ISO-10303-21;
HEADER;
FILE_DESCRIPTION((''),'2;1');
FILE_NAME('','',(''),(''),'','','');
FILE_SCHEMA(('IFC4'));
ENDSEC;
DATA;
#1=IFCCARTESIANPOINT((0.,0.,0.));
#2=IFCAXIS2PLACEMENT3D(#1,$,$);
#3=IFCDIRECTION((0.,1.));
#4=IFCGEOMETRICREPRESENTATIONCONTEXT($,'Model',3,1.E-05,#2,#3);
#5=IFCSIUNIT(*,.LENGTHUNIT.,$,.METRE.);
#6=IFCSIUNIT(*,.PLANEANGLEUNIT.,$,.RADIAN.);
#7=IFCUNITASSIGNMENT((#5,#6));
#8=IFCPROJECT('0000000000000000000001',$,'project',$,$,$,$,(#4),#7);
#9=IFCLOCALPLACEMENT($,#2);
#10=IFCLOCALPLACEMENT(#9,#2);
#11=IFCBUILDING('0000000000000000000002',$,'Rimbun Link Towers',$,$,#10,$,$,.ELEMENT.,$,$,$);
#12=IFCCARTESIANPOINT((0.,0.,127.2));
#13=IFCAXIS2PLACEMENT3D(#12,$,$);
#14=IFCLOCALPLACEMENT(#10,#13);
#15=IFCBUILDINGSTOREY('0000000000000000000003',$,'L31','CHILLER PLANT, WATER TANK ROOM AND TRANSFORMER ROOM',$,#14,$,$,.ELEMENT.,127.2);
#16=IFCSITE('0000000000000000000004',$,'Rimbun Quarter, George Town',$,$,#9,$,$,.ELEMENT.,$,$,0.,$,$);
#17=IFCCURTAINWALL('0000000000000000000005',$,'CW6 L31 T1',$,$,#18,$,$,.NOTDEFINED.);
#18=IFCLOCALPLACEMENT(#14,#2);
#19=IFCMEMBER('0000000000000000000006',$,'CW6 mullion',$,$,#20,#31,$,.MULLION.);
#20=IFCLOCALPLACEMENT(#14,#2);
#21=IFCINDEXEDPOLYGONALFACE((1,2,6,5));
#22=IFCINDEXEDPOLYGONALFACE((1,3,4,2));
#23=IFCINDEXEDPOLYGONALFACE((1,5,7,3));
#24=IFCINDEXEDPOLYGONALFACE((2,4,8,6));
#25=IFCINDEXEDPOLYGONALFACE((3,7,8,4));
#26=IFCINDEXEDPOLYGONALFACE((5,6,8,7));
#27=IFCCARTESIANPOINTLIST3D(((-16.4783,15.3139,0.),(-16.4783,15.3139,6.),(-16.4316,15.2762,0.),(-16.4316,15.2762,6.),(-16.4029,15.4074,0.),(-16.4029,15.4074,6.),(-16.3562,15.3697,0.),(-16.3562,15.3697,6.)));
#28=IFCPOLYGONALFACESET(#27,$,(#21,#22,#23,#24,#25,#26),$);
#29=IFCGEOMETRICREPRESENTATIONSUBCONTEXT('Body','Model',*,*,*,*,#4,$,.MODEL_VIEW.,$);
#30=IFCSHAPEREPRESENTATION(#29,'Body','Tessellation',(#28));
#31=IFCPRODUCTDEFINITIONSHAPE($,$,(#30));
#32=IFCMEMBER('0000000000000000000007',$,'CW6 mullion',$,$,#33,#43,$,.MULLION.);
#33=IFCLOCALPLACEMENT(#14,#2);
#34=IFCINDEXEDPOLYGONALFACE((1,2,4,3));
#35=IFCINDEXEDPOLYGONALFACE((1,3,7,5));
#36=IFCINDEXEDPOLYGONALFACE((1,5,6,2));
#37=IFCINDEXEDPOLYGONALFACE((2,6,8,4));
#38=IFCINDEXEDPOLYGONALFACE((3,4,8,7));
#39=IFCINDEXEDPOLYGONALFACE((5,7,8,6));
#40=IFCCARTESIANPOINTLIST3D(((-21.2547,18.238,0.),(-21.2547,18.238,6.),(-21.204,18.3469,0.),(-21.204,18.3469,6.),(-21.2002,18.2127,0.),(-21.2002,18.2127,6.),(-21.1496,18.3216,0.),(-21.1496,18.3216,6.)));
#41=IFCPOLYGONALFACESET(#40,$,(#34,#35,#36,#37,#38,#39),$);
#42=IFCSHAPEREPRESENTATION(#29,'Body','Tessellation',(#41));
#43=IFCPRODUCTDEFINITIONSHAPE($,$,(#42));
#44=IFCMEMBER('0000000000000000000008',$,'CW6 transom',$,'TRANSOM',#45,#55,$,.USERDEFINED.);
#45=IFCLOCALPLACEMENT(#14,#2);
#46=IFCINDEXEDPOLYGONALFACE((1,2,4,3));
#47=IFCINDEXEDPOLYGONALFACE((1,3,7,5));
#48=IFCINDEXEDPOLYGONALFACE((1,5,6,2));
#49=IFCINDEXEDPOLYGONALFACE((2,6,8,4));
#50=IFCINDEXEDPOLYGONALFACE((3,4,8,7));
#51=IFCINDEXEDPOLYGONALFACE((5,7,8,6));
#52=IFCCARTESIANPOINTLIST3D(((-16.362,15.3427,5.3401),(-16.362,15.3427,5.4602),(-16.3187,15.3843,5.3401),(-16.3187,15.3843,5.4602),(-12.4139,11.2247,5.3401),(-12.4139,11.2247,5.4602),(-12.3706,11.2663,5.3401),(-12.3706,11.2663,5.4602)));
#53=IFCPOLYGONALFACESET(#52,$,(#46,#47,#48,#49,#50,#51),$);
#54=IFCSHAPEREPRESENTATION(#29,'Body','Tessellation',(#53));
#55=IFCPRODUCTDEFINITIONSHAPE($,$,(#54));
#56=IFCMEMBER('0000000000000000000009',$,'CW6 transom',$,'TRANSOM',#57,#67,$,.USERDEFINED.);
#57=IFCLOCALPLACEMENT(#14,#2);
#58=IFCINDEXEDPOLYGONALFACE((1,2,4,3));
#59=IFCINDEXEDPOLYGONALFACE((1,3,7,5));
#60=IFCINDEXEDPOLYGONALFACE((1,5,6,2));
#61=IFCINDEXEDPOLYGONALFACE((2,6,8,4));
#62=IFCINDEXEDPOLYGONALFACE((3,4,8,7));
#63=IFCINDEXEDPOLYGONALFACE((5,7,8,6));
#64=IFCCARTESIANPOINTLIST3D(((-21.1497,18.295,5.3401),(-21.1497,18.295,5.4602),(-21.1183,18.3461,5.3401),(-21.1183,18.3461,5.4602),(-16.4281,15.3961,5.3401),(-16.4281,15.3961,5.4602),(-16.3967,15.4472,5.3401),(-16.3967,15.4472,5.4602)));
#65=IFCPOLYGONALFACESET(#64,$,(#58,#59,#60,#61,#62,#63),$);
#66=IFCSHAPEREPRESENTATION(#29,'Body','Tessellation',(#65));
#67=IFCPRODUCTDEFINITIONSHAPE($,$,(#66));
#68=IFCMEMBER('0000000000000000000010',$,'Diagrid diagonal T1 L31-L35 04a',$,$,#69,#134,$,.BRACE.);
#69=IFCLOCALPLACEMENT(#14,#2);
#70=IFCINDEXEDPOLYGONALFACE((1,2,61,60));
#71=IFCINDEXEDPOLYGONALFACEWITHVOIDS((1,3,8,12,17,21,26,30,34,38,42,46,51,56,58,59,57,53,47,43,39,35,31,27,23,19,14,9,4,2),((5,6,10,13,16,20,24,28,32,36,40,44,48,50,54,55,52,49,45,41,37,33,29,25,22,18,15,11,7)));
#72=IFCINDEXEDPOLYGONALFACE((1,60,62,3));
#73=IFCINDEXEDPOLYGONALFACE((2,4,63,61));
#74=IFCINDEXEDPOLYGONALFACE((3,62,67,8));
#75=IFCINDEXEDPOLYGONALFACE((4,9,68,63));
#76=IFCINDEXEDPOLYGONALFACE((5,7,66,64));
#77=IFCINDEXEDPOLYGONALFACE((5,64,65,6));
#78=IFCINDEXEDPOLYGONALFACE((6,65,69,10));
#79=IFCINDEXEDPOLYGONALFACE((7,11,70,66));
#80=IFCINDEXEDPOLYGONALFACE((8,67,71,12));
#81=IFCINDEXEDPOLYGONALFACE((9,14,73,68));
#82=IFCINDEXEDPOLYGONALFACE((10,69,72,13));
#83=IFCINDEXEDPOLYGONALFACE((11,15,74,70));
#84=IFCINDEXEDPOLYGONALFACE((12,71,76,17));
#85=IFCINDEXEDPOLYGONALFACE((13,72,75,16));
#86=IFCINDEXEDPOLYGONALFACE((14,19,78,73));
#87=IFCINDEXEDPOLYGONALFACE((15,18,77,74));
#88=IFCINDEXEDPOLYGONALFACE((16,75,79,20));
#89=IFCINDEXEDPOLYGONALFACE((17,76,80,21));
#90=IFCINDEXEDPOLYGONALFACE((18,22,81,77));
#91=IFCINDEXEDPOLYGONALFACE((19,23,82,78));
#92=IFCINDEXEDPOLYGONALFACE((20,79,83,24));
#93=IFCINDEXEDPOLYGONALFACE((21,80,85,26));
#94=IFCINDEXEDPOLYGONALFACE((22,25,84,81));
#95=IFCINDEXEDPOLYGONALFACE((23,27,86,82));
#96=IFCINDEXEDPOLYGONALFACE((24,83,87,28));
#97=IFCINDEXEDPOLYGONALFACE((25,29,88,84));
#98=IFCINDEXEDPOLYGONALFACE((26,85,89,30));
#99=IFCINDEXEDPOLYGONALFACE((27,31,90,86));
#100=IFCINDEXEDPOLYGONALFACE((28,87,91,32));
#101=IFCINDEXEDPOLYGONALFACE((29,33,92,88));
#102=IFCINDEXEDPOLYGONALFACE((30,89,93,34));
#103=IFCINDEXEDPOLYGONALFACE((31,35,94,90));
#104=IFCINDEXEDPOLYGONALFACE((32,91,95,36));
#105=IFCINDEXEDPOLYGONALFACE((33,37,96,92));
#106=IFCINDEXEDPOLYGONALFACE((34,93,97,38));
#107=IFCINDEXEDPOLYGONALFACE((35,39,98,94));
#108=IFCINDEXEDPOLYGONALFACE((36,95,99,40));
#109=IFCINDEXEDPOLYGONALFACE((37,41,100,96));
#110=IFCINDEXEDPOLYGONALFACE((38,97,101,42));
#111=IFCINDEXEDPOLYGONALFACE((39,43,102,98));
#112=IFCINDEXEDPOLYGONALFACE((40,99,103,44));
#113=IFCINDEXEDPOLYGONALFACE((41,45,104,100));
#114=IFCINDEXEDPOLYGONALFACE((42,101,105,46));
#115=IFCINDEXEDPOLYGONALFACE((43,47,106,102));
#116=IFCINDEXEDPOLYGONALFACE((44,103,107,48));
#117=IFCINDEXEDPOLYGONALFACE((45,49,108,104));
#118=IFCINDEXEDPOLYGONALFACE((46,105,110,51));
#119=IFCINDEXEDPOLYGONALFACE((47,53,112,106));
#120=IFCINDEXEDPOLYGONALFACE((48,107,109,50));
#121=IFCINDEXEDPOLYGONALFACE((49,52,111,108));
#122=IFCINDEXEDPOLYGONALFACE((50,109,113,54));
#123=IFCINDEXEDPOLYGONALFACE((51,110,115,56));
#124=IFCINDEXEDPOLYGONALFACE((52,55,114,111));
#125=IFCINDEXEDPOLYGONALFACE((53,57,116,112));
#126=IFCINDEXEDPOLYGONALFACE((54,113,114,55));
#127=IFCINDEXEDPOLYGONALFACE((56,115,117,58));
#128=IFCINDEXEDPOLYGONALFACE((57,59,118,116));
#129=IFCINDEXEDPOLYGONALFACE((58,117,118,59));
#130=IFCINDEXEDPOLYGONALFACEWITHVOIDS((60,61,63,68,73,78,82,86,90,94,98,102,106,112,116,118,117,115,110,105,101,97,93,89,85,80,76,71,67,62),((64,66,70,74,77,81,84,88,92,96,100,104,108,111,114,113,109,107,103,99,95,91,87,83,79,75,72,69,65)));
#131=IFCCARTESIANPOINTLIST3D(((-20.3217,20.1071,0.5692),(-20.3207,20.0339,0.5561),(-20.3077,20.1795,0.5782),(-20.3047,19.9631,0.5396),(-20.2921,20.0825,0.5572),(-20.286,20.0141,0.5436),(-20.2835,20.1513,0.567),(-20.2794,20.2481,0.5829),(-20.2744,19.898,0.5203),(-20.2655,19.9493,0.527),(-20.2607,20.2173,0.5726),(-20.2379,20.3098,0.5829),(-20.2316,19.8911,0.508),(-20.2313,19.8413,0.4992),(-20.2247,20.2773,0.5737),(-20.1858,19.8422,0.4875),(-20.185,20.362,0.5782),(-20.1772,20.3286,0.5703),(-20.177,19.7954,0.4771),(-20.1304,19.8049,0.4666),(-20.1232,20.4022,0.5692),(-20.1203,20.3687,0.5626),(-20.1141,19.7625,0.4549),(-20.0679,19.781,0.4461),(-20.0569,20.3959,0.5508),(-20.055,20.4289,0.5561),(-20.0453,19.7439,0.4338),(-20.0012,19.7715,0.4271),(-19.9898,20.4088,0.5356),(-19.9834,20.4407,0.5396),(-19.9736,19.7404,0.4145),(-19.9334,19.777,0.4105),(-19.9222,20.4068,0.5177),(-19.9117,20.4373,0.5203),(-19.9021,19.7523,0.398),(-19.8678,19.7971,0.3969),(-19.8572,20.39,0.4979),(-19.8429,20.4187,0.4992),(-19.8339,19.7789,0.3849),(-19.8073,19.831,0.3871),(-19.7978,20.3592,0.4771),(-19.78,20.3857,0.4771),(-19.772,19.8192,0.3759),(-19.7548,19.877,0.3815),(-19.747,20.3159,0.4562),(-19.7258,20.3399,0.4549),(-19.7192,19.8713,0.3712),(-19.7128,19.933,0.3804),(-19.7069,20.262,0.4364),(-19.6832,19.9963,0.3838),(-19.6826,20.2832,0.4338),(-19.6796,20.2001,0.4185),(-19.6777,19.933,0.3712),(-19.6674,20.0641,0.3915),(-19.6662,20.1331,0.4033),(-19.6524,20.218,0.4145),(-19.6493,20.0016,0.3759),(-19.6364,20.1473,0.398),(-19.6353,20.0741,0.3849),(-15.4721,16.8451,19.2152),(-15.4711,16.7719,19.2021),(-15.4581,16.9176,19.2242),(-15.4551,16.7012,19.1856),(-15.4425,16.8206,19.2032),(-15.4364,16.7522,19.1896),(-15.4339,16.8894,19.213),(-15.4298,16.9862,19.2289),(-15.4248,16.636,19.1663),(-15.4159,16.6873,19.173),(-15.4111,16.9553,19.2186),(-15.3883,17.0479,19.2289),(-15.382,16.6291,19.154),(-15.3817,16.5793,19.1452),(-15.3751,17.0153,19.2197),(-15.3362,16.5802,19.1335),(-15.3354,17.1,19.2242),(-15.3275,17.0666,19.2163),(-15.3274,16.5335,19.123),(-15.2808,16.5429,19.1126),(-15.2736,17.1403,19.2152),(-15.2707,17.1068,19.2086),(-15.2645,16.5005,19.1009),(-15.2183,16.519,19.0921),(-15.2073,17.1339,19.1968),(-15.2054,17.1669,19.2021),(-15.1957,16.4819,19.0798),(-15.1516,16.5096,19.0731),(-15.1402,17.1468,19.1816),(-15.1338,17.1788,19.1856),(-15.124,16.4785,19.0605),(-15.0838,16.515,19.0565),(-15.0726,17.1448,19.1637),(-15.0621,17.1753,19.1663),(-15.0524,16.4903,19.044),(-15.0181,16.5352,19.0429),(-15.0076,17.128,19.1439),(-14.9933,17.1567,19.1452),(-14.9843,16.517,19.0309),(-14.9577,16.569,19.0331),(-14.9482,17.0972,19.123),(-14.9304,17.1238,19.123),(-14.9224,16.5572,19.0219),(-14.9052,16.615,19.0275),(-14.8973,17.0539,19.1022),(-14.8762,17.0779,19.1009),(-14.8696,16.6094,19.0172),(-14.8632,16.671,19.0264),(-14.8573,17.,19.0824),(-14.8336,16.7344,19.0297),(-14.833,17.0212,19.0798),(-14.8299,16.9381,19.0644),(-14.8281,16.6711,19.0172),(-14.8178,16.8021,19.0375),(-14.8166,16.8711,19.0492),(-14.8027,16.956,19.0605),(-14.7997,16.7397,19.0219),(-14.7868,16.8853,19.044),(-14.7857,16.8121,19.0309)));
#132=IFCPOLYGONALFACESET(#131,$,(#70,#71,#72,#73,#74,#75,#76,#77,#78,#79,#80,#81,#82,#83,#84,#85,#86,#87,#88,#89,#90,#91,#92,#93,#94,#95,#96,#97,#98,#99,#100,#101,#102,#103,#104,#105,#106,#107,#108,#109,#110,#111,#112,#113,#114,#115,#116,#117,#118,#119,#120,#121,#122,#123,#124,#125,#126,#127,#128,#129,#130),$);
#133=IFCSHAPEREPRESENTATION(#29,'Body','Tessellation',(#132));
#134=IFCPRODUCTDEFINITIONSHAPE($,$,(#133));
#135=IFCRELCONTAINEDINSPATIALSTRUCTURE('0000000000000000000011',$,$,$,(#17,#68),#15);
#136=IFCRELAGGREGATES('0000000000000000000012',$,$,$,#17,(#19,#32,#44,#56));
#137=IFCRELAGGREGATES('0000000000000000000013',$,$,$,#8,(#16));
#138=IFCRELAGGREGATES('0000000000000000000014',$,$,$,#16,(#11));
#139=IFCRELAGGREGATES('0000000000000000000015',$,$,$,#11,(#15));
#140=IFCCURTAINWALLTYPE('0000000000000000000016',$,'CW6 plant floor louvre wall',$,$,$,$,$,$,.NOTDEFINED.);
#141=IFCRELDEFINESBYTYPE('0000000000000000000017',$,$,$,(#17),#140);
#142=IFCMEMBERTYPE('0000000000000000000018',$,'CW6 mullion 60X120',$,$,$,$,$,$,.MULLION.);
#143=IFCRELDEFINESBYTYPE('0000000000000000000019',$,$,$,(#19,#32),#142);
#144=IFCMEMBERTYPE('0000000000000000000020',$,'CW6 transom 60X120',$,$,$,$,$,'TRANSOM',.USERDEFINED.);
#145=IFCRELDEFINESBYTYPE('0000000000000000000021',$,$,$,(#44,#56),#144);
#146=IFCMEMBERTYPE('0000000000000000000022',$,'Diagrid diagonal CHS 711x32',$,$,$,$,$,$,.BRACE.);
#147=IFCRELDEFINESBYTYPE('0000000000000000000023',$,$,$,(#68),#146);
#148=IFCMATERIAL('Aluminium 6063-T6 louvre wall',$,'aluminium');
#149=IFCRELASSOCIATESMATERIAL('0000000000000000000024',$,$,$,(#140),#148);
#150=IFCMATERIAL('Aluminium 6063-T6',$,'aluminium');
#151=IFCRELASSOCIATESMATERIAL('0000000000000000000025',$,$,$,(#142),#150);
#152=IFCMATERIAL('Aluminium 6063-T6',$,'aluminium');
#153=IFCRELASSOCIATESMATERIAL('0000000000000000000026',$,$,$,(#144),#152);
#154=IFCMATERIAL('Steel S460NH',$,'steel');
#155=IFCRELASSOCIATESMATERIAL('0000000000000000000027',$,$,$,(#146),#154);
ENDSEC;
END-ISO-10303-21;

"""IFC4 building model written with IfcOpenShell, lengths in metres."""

from ifc_helpers import new_model, si_unit, direction, frame, origin, origin_2d, place, context, subcontext, project, spatial, rectangle, hollow_circle, extrude, material, material_profile, profile_set, type_object, element, aggregate, save


model = new_model("IFC4")

# Units and contexts
model_context = context("Model", 3, precision=1e-05, world=origin(), true_north=direction((0.0, 1.0)))
body_context = subcontext(model_context, "Body", "Model", "MODEL_VIEW")
ifc_project = project(units=[si_unit("LENGTHUNIT", "METRE"), si_unit("PLANEANGLEUNIT", "RADIAN")], contexts=[model_context])

# Site, building, storey
site_placement = place(None, origin())
site = spatial("IfcSite", under=ifc_project, at=site_placement, Name="Rimbun Quarter, George Town", CompositionType="ELEMENT", RefElevation=0.0)
building_placement = place(site_placement, origin())
building = spatial("IfcBuilding", under=site, at=building_placement, Name="Rimbun Link Towers", CompositionType="ELEMENT")
storey_placement = place(building_placement, frame((0.0, 0.0, 127.2)))
storey = spatial("IfcBuildingStorey", under=building, at=storey_placement, Name="L31", Description="CHILLER PLANT, WATER TANK ROOM AND TRANSFORMER ROOM", CompositionType="ELEMENT", Elevation=127.2)

# Curtain wall, members
ifc_material_1 = material(Name="Aluminium 6063-T6 louvre wall", Category="aluminium")
curtain_wall_type = type_object("IfcCurtainWallType", Name="CW6 plant floor louvre wall", PredefinedType="NOTDEFINED", material=ifc_material_1)
curtain_wall_placement = place(storey_placement, origin())
curtain_wall = element("IfcCurtainWall", 1, at=curtain_wall_placement, inside=storey, type_object=curtain_wall_type, Name="CW6 L31 T1", PredefinedType="NOTDEFINED")
ifc_material_2 = material(Name="Aluminium 6063-T6", Category="aluminium")
ifc_material_profile_1 = material_profile(ifc_material_2, rectangle(XDim=0.1201, YDim=0.0601, at=origin_2d()), Name="MULLION 60X120")
ifc_profile_set_1 = profile_set([ifc_material_profile_1], Name="Aluminium 6063-T6")
member_type_1 = type_object("IfcMemberType", Name="CW6 mullion 60X120", PredefinedType="MULLION", material=ifc_profile_set_1)
member_1_placement = place(storey_placement, frame((-16.4172, 15.3418, 0.0), z_axis=(0.0, 0.0, 1.0), x_axis=(0.627666, 0.778483, 0.0)))
member_1 = element("IfcMember", 2, at=member_1_placement, type_object=member_type_1, Name="CW6 mullion", PredefinedType="MULLION", context=body_context, shape_type="SweptSolid", body=[
    extrude(rectangle(XDim=0.1201, YDim=0.0601, at=origin_2d()), origin(), (0.0, 0.0, 1.0), 6.0),
])
member_2_placement = place(storey_placement, frame((-21.2021, 18.2798, 0.0), z_axis=(0.0, 0.0, 1.0), x_axis=(0.421707, 0.906732, 0.0)))
member_2 = element("IfcMember", 3, at=member_2_placement, type_object=member_type_1, Name="CW6 mullion", PredefinedType="MULLION", context=body_context, shape_type="SweptSolid", body=[
    extrude(rectangle(XDim=0.1201, YDim=0.0601, at=origin_2d()), origin(), (0.0, 0.0, 1.0), 6.0),
])
ifc_material_3 = material(Name="Aluminium 6063-T6", Category="aluminium")
ifc_material_profile_2 = material_profile(ifc_material_3, rectangle(XDim=0.0601, YDim=0.1201, at=origin_2d()), Name="TRANSOM 60X120")
ifc_profile_set_2 = profile_set([ifc_material_profile_2], Name="Aluminium 6063-T6")
member_type_2 = type_object("IfcMemberType", Name="CW6 transom 60X120", ElementType="TRANSOM", PredefinedType="USERDEFINED", material=ifc_profile_set_2)
member_3_placement = place(storey_placement, frame((-16.3403, 15.3635, 5.4001), z_axis=(0.692057, -0.721843, 0.0), x_axis=(0.721843, 0.692057, 0.0)))
member_3 = element("IfcMember", 4, at=member_3_placement, type_object=member_type_2, Name="CW6 transom", ObjectType="TRANSOM", PredefinedType="USERDEFINED", context=body_context, shape_type="SweptSolid", body=[
    extrude(rectangle(XDim=0.0601, YDim=0.1201, at=origin_2d()), origin(), (0.0, 0.0, 1.0), 5.7048),
])
member_4_placement = place(storey_placement, frame((-21.134, 18.3206, 5.4001), z_axis=(0.852199, -0.523217, 0.0), x_axis=(0.523217, 0.852199, 0.0)))
member_4 = element("IfcMember", 5, at=member_4_placement, type_object=member_type_2, Name="CW6 transom", ObjectType="TRANSOM", PredefinedType="USERDEFINED", context=body_context, shape_type="SweptSolid", body=[
    extrude(rectangle(XDim=0.0601, YDim=0.1201, at=origin_2d()), origin(), (0.0, 0.0, 1.0), 5.5405),
])

# Member
ifc_material_4 = material(Name="Steel S460NH", Category="steel")
ifc_material_profile_3 = material_profile(ifc_material_4, hollow_circle(Radius=0.3557, WallThickness=0.032, at=origin_2d()), Name="Diagrid diagonal CHS 711x32")
ifc_profile_set_3 = profile_set([ifc_material_profile_3], Name="Steel S460NH")
member_type_3 = type_object("IfcMemberType", Name="Diagrid diagonal CHS 711x32", PredefinedType="BRACE", material=ifc_profile_set_3)
member_5_placement = place(storey_placement, frame((-19.9785, 20.0906, 0.4771), z_axis=(0.248182, -0.166933, 0.954222), x_axis=(0.558118, 0.829762, 0.0)))
element("IfcMember", 6, at=member_5_placement, inside=storey, type_object=member_type_3, Name="Diagrid diagonal T1 L31-L35 04a", PredefinedType="BRACE", context=body_context, shape_type="SweptSolid", body=[
    extrude(hollow_circle(Radius=0.3557, WallThickness=0.032, at=origin_2d()), origin(), (0.0, 0.0, 1.0), 19.5405),
])

aggregate(curtain_wall, [member_1, member_2, member_3, member_4])

save(model, "model.ifc")
